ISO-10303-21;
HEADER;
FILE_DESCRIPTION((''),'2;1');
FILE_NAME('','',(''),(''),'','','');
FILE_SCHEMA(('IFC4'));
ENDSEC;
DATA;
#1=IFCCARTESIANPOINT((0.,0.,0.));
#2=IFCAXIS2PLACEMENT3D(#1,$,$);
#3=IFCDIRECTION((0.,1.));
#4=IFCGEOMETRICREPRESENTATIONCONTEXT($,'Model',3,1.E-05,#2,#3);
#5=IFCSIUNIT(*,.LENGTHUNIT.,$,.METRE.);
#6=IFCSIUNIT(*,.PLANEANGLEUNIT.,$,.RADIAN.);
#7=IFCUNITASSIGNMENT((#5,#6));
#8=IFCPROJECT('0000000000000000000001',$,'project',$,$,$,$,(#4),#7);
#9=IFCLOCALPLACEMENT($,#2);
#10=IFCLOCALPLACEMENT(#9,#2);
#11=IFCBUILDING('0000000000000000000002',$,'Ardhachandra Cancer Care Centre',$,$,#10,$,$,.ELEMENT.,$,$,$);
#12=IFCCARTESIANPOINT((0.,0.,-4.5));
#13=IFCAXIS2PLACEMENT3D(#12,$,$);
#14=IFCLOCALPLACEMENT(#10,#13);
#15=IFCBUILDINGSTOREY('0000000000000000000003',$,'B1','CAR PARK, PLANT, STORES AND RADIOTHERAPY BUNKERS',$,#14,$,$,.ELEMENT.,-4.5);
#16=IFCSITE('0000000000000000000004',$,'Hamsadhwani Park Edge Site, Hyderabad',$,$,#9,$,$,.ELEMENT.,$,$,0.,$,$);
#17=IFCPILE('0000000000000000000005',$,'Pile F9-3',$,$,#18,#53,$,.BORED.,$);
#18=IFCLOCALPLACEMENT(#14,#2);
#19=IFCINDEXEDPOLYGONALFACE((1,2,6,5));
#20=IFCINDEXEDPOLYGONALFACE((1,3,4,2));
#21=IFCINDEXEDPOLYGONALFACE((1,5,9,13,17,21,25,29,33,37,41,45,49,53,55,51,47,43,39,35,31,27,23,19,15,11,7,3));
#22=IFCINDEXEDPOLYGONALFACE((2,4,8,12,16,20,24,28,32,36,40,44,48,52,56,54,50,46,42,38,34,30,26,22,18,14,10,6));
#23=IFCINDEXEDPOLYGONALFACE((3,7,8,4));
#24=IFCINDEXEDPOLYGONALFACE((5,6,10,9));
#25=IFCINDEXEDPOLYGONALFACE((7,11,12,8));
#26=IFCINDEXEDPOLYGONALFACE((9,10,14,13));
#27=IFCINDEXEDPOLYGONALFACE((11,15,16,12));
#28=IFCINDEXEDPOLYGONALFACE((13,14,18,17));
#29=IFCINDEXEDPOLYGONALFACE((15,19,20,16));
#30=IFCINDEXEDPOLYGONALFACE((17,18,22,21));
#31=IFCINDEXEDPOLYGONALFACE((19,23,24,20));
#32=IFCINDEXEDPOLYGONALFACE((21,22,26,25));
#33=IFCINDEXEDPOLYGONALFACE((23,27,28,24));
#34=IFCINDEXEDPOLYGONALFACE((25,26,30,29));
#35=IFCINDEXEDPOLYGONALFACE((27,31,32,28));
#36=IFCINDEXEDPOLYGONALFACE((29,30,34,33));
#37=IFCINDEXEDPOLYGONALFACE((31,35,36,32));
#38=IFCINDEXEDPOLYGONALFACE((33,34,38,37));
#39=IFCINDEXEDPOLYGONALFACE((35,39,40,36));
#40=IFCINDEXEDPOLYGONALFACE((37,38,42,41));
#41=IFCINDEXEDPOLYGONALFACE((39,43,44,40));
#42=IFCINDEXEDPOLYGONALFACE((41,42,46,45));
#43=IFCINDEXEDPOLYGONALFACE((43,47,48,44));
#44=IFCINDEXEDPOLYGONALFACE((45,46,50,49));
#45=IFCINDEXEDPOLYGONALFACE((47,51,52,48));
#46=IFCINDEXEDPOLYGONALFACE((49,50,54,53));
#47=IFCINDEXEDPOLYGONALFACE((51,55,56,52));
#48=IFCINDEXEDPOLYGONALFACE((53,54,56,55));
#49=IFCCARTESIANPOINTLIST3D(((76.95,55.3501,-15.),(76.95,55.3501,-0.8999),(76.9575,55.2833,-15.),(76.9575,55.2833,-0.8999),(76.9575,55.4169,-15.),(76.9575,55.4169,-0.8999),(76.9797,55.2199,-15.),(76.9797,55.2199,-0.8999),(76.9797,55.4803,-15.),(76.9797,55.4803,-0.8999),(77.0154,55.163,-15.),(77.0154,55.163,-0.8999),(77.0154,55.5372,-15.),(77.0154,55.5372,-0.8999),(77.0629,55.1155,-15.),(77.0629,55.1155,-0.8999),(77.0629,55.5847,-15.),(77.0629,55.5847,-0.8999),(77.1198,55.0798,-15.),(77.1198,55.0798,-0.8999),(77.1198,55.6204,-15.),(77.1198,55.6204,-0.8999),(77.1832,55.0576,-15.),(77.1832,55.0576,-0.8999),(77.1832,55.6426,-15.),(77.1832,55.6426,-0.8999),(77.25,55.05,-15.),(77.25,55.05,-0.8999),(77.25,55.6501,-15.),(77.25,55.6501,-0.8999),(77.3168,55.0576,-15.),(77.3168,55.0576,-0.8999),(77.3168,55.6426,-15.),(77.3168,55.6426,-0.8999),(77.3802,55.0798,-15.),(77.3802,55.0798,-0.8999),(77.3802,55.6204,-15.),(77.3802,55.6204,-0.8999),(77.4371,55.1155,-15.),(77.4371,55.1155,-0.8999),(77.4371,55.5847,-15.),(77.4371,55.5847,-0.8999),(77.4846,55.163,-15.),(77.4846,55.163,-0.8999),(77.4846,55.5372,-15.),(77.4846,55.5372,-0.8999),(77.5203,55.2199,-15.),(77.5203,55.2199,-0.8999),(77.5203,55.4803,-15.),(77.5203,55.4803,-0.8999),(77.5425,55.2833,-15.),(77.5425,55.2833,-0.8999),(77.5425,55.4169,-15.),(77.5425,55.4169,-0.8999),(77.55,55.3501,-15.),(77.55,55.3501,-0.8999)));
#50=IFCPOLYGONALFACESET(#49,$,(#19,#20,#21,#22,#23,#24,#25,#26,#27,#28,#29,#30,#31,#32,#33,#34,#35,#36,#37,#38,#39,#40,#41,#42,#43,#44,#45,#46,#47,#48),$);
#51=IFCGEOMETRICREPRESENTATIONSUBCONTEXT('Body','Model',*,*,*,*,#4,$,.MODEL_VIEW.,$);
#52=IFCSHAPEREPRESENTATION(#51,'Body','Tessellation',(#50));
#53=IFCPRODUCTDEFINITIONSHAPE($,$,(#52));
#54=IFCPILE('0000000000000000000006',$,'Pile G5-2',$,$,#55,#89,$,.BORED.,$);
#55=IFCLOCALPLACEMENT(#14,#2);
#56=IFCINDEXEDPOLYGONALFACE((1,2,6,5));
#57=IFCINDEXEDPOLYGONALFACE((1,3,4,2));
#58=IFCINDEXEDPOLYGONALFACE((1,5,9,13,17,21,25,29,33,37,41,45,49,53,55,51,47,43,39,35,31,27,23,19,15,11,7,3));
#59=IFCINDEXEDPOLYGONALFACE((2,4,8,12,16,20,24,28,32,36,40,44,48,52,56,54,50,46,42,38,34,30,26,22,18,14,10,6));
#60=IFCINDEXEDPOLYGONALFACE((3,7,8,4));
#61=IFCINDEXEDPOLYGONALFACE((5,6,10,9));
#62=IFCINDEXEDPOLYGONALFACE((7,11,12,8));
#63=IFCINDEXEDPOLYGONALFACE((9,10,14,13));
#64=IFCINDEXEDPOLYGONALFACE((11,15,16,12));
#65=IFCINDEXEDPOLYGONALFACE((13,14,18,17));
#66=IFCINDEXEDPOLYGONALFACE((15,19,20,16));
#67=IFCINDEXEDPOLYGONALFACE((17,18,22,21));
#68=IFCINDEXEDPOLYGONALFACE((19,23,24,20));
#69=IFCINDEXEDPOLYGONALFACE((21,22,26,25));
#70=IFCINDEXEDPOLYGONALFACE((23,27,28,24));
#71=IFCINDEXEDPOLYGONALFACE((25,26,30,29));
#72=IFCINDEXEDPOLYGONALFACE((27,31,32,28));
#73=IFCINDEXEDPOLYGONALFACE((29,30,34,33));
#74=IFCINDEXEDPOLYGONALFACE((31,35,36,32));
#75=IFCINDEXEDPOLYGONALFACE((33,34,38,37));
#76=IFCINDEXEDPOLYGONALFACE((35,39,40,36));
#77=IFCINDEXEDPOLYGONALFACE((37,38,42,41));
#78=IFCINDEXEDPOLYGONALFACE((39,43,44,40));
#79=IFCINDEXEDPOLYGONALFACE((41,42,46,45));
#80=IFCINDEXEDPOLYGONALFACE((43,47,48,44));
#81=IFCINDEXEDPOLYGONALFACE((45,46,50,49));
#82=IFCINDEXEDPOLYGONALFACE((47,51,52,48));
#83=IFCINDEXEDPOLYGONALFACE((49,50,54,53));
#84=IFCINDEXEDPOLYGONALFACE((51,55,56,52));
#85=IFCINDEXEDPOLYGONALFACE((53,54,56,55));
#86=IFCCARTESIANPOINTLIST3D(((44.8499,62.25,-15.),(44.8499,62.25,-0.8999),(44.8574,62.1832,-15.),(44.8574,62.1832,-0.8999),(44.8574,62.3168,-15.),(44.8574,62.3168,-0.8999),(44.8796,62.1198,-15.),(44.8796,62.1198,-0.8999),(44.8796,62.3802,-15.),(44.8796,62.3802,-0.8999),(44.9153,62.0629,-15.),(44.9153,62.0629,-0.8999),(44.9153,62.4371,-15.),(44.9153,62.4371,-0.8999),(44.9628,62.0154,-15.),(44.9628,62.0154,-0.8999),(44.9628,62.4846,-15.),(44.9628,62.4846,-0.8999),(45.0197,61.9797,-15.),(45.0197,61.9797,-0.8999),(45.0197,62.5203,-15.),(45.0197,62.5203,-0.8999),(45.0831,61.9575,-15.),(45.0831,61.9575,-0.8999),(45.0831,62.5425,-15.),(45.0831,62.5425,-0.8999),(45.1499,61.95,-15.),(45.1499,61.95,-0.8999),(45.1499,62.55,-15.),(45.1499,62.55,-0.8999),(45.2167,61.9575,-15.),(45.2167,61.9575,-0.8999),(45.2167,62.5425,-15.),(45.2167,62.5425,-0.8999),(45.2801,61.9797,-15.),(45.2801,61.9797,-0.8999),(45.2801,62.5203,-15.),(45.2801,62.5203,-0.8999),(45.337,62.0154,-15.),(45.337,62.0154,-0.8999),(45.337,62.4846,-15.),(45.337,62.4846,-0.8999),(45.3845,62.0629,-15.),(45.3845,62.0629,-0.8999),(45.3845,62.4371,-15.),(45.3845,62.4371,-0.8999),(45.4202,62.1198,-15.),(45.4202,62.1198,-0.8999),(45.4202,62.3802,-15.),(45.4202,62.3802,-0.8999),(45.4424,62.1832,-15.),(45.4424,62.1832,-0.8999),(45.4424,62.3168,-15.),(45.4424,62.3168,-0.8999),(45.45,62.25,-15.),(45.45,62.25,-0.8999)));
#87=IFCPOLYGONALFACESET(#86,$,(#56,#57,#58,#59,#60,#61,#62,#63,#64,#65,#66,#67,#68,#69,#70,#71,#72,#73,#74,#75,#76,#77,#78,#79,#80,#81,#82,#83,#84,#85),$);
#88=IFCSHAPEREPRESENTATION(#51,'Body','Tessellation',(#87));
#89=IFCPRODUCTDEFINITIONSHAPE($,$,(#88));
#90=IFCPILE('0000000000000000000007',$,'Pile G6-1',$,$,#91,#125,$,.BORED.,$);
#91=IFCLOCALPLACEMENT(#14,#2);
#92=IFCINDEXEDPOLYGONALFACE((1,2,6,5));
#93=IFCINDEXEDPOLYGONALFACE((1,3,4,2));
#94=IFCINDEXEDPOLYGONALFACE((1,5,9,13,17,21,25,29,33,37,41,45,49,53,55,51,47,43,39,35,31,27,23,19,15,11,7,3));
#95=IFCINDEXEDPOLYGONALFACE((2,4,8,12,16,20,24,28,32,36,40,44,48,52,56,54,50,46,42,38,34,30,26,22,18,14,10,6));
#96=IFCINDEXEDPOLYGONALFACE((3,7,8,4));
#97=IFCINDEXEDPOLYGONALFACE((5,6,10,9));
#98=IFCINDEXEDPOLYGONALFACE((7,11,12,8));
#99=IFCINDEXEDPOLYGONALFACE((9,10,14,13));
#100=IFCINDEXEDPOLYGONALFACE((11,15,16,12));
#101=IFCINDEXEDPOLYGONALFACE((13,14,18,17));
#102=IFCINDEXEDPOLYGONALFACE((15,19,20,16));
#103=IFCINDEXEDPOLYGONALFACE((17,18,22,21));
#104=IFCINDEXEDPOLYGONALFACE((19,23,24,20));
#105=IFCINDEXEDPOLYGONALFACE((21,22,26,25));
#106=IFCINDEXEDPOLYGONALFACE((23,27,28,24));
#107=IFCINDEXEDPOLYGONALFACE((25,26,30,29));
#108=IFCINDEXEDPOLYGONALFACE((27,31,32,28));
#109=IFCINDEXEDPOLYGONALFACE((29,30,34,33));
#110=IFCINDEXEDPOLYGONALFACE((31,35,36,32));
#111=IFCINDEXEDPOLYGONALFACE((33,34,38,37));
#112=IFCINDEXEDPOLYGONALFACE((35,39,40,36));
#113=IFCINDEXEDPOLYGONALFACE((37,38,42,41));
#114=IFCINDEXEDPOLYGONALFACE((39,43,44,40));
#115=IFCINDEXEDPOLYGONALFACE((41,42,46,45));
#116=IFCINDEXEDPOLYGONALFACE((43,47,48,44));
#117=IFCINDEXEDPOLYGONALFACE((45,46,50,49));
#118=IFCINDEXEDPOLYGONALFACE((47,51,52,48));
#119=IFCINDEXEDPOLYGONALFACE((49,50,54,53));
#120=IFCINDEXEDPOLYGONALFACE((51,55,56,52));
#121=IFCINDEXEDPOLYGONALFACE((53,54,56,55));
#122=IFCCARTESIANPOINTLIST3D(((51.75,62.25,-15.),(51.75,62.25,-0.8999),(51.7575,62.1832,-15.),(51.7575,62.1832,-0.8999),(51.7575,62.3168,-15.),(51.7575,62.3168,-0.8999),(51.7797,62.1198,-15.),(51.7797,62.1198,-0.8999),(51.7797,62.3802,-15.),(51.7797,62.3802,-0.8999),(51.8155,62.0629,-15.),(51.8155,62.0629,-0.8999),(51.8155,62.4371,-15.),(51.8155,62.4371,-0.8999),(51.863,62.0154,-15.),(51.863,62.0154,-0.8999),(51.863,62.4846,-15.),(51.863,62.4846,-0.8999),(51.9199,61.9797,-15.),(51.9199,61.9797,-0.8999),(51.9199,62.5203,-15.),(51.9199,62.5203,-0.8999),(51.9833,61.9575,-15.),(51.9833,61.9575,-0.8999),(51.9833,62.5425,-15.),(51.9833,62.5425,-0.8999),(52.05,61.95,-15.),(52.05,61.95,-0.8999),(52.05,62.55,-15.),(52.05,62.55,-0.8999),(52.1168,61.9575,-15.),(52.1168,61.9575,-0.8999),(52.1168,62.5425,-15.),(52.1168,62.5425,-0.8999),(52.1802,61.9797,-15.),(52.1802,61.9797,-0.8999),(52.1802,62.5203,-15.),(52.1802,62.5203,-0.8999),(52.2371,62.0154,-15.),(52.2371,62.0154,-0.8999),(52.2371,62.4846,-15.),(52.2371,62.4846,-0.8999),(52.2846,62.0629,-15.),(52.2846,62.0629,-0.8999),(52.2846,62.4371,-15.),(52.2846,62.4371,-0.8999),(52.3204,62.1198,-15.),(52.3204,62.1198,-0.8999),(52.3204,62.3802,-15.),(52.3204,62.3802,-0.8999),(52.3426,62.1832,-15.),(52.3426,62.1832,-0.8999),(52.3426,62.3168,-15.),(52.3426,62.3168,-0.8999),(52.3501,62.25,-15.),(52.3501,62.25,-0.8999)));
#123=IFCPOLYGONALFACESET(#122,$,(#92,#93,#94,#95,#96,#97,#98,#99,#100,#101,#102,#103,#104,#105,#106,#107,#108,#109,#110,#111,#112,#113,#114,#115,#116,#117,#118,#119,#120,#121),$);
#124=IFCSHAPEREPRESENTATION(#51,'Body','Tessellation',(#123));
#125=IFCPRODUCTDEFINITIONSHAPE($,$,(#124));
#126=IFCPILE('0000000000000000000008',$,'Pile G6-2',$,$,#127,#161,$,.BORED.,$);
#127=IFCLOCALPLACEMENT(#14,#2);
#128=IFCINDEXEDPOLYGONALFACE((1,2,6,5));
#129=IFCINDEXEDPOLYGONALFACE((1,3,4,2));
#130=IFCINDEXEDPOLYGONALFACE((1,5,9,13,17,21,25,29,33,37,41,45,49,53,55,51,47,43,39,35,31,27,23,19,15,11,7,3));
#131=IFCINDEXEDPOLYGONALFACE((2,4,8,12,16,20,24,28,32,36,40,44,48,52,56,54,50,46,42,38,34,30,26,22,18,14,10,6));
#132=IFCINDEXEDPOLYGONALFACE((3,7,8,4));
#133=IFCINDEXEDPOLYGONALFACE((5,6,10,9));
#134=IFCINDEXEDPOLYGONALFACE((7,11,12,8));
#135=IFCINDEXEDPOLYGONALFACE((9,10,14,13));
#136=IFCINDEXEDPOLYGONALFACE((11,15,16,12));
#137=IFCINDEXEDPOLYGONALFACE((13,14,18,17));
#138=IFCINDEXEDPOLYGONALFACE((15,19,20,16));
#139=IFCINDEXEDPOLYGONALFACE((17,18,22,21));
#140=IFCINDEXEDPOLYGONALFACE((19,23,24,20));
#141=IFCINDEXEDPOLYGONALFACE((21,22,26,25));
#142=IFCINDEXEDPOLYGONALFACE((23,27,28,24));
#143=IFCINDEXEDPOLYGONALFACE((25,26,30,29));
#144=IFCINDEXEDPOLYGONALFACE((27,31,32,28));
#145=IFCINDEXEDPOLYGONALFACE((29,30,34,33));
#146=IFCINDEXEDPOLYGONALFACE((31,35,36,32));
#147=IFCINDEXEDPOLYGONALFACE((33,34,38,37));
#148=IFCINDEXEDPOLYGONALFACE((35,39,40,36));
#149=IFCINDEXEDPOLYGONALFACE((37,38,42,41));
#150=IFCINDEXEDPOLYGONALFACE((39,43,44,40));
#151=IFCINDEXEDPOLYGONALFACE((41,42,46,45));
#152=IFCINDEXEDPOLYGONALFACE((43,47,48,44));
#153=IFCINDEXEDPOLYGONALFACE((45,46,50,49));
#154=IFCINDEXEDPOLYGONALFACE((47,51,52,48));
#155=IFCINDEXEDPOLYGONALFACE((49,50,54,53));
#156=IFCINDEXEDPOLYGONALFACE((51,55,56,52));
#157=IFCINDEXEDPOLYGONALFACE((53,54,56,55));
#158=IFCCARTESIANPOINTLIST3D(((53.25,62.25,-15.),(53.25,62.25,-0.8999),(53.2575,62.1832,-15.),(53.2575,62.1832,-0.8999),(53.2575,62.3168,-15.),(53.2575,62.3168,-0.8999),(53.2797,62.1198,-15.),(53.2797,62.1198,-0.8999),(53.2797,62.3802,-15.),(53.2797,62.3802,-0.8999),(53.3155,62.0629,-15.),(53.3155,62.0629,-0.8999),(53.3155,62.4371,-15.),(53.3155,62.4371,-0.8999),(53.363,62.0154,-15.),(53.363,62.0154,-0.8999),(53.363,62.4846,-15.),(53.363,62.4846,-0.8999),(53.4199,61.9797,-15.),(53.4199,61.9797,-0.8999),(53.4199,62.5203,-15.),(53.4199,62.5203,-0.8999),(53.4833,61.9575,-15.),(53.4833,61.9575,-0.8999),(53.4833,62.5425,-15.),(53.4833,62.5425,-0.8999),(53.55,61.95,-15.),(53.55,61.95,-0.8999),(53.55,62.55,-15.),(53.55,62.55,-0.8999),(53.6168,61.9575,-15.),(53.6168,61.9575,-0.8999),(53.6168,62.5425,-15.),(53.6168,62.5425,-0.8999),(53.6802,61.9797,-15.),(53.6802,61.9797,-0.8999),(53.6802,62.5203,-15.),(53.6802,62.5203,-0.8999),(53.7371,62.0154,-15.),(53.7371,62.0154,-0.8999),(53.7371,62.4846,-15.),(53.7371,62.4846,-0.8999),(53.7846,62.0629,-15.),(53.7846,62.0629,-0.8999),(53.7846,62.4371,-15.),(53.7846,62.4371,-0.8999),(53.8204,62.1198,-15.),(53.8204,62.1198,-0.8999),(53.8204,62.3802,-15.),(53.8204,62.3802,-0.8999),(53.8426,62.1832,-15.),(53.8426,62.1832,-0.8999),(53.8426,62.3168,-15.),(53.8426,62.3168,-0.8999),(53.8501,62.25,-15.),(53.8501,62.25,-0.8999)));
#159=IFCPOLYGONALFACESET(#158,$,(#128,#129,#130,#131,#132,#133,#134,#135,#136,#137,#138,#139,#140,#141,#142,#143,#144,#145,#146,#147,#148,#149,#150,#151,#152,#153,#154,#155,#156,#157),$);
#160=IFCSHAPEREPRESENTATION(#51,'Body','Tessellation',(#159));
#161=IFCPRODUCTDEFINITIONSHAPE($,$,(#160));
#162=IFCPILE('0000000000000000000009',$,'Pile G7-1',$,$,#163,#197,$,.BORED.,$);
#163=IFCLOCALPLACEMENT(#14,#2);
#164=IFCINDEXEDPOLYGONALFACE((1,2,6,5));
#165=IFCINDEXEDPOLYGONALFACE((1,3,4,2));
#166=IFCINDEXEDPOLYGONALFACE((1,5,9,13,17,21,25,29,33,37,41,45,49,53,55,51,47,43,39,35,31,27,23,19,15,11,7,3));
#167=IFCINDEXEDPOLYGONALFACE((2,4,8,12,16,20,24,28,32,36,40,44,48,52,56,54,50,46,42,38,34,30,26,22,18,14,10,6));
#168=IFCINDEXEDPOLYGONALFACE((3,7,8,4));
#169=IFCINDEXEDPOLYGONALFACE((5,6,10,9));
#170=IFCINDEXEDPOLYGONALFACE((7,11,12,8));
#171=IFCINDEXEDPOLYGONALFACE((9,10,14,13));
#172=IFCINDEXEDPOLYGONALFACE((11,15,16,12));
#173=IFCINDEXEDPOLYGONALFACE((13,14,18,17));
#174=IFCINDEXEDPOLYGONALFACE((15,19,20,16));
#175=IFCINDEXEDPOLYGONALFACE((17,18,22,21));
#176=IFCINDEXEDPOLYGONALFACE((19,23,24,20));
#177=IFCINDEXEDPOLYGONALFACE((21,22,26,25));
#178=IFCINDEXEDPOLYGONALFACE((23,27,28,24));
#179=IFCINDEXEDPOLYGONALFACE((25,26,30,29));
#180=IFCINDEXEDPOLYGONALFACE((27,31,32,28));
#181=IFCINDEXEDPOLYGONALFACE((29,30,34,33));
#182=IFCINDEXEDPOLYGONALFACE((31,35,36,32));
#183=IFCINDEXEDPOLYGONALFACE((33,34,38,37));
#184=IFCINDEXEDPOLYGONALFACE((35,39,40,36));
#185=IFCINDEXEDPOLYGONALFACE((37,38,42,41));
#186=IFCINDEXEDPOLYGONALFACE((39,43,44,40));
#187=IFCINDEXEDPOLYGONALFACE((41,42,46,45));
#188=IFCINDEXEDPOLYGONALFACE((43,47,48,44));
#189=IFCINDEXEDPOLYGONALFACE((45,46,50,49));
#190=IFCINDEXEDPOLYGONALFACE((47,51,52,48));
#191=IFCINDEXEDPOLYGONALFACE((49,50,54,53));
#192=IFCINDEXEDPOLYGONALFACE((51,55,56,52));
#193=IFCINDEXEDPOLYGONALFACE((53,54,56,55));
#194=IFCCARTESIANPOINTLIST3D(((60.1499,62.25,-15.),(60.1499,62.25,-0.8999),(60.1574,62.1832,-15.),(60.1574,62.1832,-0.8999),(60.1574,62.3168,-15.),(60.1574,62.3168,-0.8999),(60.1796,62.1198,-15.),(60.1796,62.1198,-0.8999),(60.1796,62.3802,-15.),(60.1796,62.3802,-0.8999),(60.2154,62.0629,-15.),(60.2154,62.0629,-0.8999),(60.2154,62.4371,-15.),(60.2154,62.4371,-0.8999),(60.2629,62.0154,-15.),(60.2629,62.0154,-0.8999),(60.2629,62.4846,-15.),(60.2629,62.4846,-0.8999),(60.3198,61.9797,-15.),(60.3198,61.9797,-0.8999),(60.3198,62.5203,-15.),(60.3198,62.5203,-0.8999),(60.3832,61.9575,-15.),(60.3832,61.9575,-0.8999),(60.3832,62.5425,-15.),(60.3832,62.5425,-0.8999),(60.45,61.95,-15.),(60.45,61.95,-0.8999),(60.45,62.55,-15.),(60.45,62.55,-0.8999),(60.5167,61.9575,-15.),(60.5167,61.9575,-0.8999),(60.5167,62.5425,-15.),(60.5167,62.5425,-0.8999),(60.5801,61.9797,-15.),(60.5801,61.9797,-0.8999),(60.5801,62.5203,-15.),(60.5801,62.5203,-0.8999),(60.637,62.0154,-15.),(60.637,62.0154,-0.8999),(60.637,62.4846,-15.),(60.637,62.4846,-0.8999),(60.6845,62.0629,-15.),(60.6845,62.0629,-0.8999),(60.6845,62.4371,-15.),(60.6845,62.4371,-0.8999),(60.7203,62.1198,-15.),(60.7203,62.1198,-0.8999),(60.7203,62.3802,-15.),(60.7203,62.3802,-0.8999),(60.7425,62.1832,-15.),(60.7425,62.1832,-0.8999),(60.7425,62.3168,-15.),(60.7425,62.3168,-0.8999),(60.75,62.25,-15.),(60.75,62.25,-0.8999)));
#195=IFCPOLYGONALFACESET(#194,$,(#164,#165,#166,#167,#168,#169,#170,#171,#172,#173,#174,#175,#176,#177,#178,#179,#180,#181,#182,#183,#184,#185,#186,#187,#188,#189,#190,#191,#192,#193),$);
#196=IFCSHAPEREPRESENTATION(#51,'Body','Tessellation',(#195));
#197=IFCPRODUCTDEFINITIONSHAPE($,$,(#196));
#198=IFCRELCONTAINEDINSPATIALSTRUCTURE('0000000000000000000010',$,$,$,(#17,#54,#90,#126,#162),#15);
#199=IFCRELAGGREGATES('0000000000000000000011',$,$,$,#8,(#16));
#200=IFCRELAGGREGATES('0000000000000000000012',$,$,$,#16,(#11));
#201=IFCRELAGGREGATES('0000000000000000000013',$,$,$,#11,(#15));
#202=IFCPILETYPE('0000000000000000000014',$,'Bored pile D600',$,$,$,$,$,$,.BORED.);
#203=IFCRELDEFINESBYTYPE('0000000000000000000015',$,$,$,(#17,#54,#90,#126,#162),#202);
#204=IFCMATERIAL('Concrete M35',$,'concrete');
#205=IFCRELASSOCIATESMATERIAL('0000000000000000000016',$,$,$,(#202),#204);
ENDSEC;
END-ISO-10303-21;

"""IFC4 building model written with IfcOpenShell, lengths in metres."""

from ifc_helpers import new_model, si_unit, direction, frame, origin, origin_2d, place, context, subcontext, project, spatial, circle, extrude, material, material_profile, profile_set, type_object, element, save


model = new_model("IFC4")

# Units and contexts
model_context = context("Model", 3, precision=1e-05, world=origin(), true_north=direction((0.0, 1.0)))
body_context = subcontext(model_context, "Body", "Model", "MODEL_VIEW")
ifc_project = project(units=[si_unit("LENGTHUNIT", "METRE"), si_unit("PLANEANGLEUNIT", "RADIAN")], contexts=[model_context])

# Site, building, storey
site_placement = place(None, origin())
site = spatial("IfcSite", under=ifc_project, at=site_placement, Name="Hamsadhwani Park Edge Site, Hyderabad", CompositionType="ELEMENT", RefElevation=0.0)
building_placement = place(site_placement, origin())
building = spatial("IfcBuilding", under=site, at=building_placement, Name="Ardhachandra Cancer Care Centre", CompositionType="ELEMENT")
storey_placement = place(building_placement, frame((0.0, 0.0, -4.5)))
storey = spatial("IfcBuildingStorey", under=building, at=storey_placement, Name="B1", Description="CAR PARK, PLANT, STORES AND RADIOTHERAPY BUNKERS", CompositionType="ELEMENT", Elevation=-4.5)

# Piles
ifc_material_1 = material(Name="Concrete M35", Category="concrete")
ifc_material_profile_1 = material_profile(ifc_material_1, circle(Radius=0.3, at=origin_2d()), Name="D600")
ifc_profile_set_1 = profile_set([ifc_material_profile_1], Name="Concrete M35")
pile_type = type_object("IfcPileType", Name="Bored pile D600", PredefinedType="BORED", material=ifc_profile_set_1)
for number, where, z_axis, x_axis, name in (
    (1, (77.25, 55.3501, -0.8999), (0.0, 0.0, -1.0), (1.0, 0.0, 0.0), "Pile F9-3"),
    (2, (45.1499, 62.25, -0.8999), (0.0, 0.0, -1.0), (1.0, 0.0, 0.0), "Pile G5-2"),
    (3, (52.05, 62.25, -0.8999), (0.0, 0.0, -1.0), (1.0, 0.0, 0.0), "Pile G6-1"),
    (4, (53.55, 62.25, -0.8999), (0.0, 0.0, -1.0), (1.0, 0.0, 0.0), "Pile G6-2"),
    (5, (60.45, 62.25, -0.8999), (0.0, 0.0, -1.0), (1.0, 0.0, 0.0), "Pile G7-1"),
):
    element("IfcPile", number, at=place(storey_placement, frame(where, z_axis=z_axis, x_axis=x_axis)), inside=storey, type_object=pile_type, Name=name, PredefinedType="BORED", context=body_context, shape_type="SweptSolid", body=[
        extrude(circle(Radius=0.3, at=origin_2d()), origin(), (0.0, 0.0, 1.0), 14.1001),
    ])

save(model, "model.ifc")
